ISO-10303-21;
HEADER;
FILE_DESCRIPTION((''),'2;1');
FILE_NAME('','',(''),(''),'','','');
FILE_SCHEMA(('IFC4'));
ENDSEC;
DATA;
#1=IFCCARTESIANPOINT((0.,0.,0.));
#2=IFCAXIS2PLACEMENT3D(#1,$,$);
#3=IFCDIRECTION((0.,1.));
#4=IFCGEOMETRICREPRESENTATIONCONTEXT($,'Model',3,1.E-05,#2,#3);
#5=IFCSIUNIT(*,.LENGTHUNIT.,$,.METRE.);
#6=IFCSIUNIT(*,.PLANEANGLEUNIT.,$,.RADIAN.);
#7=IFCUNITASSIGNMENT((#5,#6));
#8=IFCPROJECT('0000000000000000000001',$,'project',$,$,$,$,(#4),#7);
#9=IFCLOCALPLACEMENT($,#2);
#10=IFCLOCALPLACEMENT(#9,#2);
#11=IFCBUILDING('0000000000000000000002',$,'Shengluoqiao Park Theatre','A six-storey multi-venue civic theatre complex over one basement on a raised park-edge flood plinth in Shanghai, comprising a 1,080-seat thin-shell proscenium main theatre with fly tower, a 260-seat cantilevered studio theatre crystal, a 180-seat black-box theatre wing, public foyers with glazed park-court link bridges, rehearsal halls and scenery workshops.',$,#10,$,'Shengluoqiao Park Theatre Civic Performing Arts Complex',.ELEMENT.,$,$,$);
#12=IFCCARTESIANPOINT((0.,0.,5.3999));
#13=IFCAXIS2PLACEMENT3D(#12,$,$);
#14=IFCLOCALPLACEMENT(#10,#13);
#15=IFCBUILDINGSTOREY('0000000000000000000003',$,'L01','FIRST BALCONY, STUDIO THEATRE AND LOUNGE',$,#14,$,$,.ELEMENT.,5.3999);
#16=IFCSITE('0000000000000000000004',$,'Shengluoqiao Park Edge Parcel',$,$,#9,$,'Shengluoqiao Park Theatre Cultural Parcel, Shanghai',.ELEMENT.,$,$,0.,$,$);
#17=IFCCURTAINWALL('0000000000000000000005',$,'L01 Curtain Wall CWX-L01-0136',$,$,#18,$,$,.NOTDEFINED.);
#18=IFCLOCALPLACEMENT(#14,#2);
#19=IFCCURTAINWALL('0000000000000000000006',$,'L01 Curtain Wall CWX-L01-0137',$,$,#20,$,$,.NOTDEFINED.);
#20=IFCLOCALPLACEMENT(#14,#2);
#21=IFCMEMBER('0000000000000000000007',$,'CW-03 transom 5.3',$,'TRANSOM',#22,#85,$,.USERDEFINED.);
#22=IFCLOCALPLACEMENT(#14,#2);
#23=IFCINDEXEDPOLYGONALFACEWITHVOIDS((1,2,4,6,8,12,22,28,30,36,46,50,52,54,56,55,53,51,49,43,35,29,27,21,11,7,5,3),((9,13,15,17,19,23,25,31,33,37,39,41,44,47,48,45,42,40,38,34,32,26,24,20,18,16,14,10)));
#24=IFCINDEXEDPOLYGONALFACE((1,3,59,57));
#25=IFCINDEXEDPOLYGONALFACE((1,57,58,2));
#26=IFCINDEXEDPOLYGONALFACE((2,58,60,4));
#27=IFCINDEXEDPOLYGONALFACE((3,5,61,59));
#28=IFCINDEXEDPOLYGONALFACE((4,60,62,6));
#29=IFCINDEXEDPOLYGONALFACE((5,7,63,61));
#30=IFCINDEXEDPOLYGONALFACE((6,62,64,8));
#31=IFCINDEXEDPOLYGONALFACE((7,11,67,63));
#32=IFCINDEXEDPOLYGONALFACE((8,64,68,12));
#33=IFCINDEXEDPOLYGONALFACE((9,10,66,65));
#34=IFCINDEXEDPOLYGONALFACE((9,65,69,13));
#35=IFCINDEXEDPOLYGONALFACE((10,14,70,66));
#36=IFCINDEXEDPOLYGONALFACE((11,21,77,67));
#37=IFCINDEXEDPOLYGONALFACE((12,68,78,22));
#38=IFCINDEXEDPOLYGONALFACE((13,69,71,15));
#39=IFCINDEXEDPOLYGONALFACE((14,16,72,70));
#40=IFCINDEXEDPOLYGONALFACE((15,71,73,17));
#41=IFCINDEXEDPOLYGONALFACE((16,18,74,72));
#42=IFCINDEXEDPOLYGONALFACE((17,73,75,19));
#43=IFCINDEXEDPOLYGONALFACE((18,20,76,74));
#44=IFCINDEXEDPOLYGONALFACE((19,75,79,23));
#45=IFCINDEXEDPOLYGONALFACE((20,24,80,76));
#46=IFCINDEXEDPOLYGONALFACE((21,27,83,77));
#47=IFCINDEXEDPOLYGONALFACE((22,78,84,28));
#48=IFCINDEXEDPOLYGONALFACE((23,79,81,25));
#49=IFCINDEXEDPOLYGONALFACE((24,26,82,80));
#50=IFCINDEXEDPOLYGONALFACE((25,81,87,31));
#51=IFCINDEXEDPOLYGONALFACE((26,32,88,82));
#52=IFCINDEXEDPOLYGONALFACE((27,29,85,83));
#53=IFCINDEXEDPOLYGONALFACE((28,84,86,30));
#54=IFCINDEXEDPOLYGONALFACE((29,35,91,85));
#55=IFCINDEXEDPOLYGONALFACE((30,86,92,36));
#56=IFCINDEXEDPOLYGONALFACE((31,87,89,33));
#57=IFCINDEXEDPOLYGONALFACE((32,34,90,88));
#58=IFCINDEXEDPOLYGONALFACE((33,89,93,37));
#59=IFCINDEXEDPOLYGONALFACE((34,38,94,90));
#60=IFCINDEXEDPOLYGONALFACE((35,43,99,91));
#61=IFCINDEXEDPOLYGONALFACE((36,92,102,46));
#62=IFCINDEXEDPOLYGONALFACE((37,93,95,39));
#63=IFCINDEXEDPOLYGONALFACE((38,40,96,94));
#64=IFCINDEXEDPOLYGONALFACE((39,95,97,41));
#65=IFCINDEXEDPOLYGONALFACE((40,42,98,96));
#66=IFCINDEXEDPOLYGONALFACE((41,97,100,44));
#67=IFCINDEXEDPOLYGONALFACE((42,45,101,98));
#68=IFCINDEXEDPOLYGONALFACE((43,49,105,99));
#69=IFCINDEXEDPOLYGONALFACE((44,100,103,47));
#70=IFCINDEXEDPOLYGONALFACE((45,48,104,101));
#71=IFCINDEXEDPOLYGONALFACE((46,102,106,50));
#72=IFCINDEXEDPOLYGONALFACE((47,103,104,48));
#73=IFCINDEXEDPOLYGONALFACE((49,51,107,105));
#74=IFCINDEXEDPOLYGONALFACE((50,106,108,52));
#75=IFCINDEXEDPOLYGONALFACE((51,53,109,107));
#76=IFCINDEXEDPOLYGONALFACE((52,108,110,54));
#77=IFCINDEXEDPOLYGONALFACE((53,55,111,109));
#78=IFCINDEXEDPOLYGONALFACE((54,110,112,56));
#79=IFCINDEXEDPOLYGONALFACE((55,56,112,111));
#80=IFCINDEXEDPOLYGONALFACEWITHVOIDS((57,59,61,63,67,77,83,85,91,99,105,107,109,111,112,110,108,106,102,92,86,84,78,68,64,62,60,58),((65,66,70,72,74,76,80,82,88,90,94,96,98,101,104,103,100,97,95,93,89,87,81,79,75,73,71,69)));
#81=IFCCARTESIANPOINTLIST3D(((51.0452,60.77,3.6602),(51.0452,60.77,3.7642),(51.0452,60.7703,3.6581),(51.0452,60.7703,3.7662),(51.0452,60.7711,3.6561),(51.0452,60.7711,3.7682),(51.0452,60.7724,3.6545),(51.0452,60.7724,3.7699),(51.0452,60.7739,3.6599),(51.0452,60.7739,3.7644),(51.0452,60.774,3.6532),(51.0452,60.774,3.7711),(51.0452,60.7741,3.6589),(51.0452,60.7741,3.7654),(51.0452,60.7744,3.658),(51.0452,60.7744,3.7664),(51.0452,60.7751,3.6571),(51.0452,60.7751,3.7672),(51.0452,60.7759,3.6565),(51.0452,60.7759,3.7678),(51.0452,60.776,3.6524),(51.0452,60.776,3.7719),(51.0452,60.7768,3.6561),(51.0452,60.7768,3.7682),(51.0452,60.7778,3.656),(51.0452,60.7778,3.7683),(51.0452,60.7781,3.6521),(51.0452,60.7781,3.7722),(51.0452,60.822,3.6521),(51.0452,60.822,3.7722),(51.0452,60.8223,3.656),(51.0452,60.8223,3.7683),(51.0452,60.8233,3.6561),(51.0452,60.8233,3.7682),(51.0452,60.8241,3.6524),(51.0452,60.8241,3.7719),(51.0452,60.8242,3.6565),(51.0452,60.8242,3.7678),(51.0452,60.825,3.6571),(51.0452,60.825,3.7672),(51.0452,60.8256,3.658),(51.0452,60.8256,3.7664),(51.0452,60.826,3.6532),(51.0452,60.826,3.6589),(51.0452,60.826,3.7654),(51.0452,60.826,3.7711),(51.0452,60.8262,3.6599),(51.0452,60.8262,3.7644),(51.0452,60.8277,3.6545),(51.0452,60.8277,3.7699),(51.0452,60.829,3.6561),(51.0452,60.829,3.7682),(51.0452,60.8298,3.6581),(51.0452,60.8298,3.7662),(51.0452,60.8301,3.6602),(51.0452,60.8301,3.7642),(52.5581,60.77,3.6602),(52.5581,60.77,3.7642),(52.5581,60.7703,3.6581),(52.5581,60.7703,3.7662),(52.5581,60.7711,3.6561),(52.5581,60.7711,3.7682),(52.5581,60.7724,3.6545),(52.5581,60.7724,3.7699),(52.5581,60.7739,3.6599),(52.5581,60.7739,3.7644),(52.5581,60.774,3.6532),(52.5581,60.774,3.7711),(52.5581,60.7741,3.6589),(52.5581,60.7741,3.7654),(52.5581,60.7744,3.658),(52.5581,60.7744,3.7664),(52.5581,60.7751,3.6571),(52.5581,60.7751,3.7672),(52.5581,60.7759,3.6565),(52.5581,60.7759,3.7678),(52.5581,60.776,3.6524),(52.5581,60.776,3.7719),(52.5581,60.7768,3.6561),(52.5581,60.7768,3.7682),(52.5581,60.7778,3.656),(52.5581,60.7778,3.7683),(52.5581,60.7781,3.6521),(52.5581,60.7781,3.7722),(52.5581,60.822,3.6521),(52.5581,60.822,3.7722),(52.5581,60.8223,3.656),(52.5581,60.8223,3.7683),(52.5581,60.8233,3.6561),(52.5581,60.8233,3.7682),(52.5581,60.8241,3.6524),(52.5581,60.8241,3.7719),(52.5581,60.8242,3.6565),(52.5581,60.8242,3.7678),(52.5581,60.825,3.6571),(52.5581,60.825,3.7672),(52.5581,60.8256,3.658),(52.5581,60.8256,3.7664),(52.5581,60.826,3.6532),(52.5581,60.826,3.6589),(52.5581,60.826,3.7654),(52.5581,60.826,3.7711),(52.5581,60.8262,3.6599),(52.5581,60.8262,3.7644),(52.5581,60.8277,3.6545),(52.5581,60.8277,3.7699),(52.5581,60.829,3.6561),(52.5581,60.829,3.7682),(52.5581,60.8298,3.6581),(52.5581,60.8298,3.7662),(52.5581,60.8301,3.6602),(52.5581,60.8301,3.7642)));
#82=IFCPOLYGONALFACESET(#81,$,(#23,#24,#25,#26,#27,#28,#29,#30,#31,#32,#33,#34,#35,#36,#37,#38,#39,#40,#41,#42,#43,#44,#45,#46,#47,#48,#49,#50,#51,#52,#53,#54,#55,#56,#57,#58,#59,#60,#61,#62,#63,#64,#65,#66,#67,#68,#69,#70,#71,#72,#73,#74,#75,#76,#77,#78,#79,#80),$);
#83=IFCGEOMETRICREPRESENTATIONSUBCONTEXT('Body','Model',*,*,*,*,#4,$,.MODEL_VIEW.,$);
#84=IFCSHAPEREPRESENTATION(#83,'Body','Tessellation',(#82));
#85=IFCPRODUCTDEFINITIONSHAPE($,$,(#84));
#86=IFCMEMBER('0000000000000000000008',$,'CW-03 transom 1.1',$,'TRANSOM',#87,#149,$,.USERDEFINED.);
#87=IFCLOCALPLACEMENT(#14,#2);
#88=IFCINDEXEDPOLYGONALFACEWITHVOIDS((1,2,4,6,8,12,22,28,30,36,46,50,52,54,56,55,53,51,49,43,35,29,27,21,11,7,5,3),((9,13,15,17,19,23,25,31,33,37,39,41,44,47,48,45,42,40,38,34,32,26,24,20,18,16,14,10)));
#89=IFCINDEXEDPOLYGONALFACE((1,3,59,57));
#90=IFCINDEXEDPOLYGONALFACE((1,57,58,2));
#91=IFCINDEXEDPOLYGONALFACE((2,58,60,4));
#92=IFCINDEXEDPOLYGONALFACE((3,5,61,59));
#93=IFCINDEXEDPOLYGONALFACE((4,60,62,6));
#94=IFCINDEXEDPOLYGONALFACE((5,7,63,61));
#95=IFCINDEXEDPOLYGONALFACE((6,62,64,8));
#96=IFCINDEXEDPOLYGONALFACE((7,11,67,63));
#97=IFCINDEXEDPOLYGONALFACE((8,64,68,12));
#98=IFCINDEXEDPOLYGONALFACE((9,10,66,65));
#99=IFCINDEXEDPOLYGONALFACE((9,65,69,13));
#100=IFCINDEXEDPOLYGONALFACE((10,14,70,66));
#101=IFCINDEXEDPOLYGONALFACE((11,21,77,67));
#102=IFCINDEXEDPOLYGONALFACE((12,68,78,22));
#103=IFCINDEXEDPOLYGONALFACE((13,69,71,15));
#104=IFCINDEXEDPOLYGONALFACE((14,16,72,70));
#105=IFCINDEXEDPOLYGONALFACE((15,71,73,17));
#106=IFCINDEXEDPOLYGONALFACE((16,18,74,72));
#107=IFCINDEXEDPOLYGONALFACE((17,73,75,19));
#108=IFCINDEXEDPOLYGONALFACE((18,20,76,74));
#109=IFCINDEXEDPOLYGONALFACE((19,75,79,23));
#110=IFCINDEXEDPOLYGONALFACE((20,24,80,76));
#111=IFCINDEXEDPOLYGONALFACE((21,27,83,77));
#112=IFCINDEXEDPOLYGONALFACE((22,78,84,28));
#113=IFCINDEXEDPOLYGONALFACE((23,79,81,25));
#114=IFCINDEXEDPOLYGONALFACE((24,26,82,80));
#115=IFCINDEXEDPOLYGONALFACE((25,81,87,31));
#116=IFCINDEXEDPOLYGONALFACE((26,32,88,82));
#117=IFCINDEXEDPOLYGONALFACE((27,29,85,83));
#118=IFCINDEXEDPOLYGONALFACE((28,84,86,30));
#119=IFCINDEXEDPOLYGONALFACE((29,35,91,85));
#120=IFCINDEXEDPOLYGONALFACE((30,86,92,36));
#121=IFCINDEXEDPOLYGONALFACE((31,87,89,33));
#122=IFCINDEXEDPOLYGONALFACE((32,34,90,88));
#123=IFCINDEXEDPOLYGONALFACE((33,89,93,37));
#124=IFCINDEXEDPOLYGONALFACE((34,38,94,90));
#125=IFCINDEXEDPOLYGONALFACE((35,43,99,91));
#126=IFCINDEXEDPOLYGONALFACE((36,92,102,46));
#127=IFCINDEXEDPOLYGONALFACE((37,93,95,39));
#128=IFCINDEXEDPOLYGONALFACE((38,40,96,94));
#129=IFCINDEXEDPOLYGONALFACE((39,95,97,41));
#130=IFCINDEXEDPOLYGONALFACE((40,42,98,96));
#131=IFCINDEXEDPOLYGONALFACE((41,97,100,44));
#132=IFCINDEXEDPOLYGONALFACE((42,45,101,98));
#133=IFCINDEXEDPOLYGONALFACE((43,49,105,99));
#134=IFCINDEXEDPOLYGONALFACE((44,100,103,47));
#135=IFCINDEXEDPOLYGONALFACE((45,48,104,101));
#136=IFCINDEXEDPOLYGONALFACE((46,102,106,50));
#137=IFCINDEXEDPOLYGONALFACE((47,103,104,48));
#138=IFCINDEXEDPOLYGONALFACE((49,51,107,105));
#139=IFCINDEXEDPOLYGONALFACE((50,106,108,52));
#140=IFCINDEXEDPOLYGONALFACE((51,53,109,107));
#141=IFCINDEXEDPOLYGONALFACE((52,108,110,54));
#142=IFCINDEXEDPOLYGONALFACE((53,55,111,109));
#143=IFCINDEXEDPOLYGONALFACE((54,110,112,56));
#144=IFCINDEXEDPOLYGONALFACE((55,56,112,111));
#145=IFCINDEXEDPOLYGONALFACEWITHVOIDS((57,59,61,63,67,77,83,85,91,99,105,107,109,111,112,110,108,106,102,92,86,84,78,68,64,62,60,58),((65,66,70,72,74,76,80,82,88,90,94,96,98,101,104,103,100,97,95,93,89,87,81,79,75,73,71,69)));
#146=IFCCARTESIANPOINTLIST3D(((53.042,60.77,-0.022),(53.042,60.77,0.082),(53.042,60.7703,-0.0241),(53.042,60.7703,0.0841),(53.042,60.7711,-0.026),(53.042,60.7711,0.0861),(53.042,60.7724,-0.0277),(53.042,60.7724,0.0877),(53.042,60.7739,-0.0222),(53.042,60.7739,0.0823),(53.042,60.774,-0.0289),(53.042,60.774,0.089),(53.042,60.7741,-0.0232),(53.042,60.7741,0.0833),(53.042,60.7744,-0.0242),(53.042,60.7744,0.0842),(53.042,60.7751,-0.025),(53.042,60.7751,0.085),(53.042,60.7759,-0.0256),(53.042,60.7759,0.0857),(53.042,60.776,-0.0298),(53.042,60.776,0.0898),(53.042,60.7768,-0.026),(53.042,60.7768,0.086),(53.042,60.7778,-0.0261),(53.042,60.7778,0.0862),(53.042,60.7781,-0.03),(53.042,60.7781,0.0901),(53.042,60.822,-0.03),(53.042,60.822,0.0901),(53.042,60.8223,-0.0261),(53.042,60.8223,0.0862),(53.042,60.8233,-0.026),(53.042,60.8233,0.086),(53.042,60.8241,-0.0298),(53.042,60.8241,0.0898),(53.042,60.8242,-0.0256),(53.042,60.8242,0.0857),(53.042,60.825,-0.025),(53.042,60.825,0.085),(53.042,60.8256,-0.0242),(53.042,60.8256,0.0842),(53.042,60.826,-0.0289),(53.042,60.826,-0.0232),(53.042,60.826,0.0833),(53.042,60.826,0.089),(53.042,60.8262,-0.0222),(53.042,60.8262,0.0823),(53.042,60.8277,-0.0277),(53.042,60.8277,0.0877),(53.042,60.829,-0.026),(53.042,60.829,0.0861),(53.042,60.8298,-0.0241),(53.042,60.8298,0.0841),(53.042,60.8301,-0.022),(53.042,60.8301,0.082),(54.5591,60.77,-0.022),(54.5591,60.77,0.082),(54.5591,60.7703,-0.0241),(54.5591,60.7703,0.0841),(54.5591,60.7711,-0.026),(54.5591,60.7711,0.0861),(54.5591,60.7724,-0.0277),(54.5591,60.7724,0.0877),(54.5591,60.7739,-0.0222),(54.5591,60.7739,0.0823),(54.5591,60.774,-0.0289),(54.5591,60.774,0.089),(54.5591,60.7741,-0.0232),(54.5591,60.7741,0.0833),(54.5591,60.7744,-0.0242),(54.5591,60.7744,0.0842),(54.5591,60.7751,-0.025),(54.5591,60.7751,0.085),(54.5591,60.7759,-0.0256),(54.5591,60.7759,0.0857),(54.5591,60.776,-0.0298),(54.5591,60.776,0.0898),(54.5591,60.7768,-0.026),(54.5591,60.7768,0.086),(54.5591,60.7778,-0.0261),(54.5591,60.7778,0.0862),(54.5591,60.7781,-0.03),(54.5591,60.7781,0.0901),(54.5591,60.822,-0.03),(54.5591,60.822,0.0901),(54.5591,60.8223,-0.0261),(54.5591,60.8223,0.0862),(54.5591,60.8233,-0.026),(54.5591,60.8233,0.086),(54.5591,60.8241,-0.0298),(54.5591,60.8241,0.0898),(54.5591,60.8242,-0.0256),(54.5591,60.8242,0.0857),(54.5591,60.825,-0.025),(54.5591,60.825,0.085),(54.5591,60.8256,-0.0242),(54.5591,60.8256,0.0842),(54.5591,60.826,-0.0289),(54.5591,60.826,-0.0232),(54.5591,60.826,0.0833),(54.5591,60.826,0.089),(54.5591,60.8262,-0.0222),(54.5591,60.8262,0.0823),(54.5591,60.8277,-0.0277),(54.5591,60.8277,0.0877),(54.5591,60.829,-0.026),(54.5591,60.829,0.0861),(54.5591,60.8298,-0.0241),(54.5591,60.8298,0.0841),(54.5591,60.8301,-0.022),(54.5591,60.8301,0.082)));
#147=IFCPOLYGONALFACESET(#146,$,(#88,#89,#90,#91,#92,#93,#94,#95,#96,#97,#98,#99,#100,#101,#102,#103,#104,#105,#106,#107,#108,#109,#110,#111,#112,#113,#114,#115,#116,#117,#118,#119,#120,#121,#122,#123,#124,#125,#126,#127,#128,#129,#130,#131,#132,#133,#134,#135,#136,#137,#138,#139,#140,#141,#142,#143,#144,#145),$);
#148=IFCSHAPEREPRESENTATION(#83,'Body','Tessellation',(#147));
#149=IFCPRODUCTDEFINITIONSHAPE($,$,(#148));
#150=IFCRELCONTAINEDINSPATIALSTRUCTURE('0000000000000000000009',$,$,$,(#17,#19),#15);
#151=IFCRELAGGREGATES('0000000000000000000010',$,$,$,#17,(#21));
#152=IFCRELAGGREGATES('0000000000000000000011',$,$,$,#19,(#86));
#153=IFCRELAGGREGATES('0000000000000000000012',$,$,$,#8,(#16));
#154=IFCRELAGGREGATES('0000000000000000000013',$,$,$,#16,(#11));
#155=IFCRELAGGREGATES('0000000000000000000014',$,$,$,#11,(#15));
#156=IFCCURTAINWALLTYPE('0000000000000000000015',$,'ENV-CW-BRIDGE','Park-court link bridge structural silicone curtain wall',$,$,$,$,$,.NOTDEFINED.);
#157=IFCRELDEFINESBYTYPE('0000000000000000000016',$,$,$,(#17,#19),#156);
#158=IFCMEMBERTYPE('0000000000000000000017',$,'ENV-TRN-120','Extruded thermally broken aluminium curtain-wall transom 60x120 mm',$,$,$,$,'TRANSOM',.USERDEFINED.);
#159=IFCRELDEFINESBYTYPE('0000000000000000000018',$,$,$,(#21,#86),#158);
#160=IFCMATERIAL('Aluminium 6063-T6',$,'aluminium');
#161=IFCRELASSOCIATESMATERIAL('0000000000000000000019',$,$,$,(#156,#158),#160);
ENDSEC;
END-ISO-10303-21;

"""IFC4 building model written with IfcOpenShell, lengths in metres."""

from ifc_helpers import new_model, si_unit, direction, frame, origin, origin_2d, place, context, subcontext, project, spatial, hollow_rectangle, extrude, material, material_profile, profile_set, type_object, element, aggregate, save


model = new_model("IFC4")

# Units and contexts
model_context = context("Model", 3, precision=1e-05, world=origin(), true_north=direction((0.0, 1.0)))
body_context = subcontext(model_context, "Body", "Model", "MODEL_VIEW")
ifc_project = project(units=[si_unit("LENGTHUNIT", "METRE"), si_unit("PLANEANGLEUNIT", "RADIAN")], contexts=[model_context])

# Site, building, storey
site_placement = place(None, origin())
site = spatial("IfcSite", under=ifc_project, at=site_placement, Name="Shengluoqiao Park Edge Parcel", LongName="Shengluoqiao Park Theatre Cultural Parcel, Shanghai", CompositionType="ELEMENT", RefElevation=0.0)
building_placement = place(site_placement, origin())
building = spatial("IfcBuilding", under=site, at=building_placement, Name="Shengluoqiao Park Theatre", Description="A six-storey multi-venue civic theatre complex over one basement on a raised park-edge flood plinth in Shanghai, comprising a 1,080-seat thin-shell proscenium main theatre with fly tower, a 260-seat cantilevered studio theatre crystal, a 180-seat black-box theatre wing, public foyers with glazed park-court link bridges, rehearsal halls and scenery workshops.", LongName="Shengluoqiao Park Theatre Civic Performing Arts Complex", CompositionType="ELEMENT")
storey_placement = place(building_placement, frame((0.0, 0.0, 5.3999)))
storey = spatial("IfcBuildingStorey", under=building, at=storey_placement, Name="L01", Description="FIRST BALCONY, STUDIO THEATRE AND LOUNGE", CompositionType="ELEMENT", Elevation=5.3999)

# Curtain wall
ifc_material_1 = material(Name="Aluminium 6063-T6", Category="aluminium")
curtain_wall_type = type_object("IfcCurtainWallType", Name="ENV-CW-BRIDGE", Description="Park-court link bridge structural silicone curtain wall", PredefinedType="NOTDEFINED", material=ifc_material_1)
curtain_wall_1_placement = place(storey_placement, origin())
curtain_wall_1 = element("IfcCurtainWall", 1, at=curtain_wall_1_placement, inside=storey, type_object=curtain_wall_type, Name="L01 Curtain Wall CWX-L01-0136", PredefinedType="NOTDEFINED")

# Curtain wall
curtain_wall_2_placement = place(storey_placement, origin())
curtain_wall_2 = element("IfcCurtainWall", 2, at=curtain_wall_2_placement, inside=storey, type_object=curtain_wall_type, Name="L01 Curtain Wall CWX-L01-0137", PredefinedType="NOTDEFINED")

# Members
ifc_material_profile_1 = material_profile(ifc_material_1, hollow_rectangle(XDim=0.0601, YDim=0.1201, WallThickness=0.0039, InnerFilletRadius=0.0039, OuterFilletRadius=0.0081, at=origin_2d()), Name="ALU TRANSOM 120x60x4")
ifc_profile_set_1 = profile_set([ifc_material_profile_1], Name="Aluminium 6063-T6")
member_type_1 = type_object("IfcMemberType", Name="ENV-TRN-120", Description="Extruded thermally broken aluminium curtain-wall transom 60x120 mm", ElementType="TRANSOM", PredefinedType="USERDEFINED", material=ifc_profile_set_1)
member_1_placement = place(storey_placement, frame((51.0452, 60.8, 3.7122), z_axis=(1.0, 0.0, 0.0), x_axis=(0.0, 1.0, 0.0)))
member_1 = element("IfcMember", 3, at=member_1_placement, type_object=member_type_1, Name="CW-03 transom 5.3", ObjectType="TRANSOM", PredefinedType="USERDEFINED", context=body_context, shape_type="SweptSolid", body=[
    extrude(hollow_rectangle(XDim=0.0601, YDim=0.1201, WallThickness=0.0039, InnerFilletRadius=0.0039, OuterFilletRadius=0.0081, at=origin_2d()), origin(), (0.0, 0.0, 1.0), 1.5129),
])
member_2_placement = place(storey_placement, frame((53.042, 60.8, 0.03), z_axis=(1.0, 0.0, 0.0), x_axis=(0.0, 1.0, 0.0)))
member_2 = element("IfcMember", 4, at=member_2_placement, type_object=member_type_1, Name="CW-03 transom 1.1", ObjectType="TRANSOM", PredefinedType="USERDEFINED", context=body_context, shape_type="SweptSolid", body=[
    extrude(hollow_rectangle(XDim=0.0601, YDim=0.1201, WallThickness=0.0039, InnerFilletRadius=0.0039, OuterFilletRadius=0.0081, at=origin_2d()), origin(), (0.0, 0.0, 1.0), 1.5171),
])

aggregate(curtain_wall_1, [member_1])
aggregate(curtain_wall_2, [member_2])

save(model, "model.ifc")
